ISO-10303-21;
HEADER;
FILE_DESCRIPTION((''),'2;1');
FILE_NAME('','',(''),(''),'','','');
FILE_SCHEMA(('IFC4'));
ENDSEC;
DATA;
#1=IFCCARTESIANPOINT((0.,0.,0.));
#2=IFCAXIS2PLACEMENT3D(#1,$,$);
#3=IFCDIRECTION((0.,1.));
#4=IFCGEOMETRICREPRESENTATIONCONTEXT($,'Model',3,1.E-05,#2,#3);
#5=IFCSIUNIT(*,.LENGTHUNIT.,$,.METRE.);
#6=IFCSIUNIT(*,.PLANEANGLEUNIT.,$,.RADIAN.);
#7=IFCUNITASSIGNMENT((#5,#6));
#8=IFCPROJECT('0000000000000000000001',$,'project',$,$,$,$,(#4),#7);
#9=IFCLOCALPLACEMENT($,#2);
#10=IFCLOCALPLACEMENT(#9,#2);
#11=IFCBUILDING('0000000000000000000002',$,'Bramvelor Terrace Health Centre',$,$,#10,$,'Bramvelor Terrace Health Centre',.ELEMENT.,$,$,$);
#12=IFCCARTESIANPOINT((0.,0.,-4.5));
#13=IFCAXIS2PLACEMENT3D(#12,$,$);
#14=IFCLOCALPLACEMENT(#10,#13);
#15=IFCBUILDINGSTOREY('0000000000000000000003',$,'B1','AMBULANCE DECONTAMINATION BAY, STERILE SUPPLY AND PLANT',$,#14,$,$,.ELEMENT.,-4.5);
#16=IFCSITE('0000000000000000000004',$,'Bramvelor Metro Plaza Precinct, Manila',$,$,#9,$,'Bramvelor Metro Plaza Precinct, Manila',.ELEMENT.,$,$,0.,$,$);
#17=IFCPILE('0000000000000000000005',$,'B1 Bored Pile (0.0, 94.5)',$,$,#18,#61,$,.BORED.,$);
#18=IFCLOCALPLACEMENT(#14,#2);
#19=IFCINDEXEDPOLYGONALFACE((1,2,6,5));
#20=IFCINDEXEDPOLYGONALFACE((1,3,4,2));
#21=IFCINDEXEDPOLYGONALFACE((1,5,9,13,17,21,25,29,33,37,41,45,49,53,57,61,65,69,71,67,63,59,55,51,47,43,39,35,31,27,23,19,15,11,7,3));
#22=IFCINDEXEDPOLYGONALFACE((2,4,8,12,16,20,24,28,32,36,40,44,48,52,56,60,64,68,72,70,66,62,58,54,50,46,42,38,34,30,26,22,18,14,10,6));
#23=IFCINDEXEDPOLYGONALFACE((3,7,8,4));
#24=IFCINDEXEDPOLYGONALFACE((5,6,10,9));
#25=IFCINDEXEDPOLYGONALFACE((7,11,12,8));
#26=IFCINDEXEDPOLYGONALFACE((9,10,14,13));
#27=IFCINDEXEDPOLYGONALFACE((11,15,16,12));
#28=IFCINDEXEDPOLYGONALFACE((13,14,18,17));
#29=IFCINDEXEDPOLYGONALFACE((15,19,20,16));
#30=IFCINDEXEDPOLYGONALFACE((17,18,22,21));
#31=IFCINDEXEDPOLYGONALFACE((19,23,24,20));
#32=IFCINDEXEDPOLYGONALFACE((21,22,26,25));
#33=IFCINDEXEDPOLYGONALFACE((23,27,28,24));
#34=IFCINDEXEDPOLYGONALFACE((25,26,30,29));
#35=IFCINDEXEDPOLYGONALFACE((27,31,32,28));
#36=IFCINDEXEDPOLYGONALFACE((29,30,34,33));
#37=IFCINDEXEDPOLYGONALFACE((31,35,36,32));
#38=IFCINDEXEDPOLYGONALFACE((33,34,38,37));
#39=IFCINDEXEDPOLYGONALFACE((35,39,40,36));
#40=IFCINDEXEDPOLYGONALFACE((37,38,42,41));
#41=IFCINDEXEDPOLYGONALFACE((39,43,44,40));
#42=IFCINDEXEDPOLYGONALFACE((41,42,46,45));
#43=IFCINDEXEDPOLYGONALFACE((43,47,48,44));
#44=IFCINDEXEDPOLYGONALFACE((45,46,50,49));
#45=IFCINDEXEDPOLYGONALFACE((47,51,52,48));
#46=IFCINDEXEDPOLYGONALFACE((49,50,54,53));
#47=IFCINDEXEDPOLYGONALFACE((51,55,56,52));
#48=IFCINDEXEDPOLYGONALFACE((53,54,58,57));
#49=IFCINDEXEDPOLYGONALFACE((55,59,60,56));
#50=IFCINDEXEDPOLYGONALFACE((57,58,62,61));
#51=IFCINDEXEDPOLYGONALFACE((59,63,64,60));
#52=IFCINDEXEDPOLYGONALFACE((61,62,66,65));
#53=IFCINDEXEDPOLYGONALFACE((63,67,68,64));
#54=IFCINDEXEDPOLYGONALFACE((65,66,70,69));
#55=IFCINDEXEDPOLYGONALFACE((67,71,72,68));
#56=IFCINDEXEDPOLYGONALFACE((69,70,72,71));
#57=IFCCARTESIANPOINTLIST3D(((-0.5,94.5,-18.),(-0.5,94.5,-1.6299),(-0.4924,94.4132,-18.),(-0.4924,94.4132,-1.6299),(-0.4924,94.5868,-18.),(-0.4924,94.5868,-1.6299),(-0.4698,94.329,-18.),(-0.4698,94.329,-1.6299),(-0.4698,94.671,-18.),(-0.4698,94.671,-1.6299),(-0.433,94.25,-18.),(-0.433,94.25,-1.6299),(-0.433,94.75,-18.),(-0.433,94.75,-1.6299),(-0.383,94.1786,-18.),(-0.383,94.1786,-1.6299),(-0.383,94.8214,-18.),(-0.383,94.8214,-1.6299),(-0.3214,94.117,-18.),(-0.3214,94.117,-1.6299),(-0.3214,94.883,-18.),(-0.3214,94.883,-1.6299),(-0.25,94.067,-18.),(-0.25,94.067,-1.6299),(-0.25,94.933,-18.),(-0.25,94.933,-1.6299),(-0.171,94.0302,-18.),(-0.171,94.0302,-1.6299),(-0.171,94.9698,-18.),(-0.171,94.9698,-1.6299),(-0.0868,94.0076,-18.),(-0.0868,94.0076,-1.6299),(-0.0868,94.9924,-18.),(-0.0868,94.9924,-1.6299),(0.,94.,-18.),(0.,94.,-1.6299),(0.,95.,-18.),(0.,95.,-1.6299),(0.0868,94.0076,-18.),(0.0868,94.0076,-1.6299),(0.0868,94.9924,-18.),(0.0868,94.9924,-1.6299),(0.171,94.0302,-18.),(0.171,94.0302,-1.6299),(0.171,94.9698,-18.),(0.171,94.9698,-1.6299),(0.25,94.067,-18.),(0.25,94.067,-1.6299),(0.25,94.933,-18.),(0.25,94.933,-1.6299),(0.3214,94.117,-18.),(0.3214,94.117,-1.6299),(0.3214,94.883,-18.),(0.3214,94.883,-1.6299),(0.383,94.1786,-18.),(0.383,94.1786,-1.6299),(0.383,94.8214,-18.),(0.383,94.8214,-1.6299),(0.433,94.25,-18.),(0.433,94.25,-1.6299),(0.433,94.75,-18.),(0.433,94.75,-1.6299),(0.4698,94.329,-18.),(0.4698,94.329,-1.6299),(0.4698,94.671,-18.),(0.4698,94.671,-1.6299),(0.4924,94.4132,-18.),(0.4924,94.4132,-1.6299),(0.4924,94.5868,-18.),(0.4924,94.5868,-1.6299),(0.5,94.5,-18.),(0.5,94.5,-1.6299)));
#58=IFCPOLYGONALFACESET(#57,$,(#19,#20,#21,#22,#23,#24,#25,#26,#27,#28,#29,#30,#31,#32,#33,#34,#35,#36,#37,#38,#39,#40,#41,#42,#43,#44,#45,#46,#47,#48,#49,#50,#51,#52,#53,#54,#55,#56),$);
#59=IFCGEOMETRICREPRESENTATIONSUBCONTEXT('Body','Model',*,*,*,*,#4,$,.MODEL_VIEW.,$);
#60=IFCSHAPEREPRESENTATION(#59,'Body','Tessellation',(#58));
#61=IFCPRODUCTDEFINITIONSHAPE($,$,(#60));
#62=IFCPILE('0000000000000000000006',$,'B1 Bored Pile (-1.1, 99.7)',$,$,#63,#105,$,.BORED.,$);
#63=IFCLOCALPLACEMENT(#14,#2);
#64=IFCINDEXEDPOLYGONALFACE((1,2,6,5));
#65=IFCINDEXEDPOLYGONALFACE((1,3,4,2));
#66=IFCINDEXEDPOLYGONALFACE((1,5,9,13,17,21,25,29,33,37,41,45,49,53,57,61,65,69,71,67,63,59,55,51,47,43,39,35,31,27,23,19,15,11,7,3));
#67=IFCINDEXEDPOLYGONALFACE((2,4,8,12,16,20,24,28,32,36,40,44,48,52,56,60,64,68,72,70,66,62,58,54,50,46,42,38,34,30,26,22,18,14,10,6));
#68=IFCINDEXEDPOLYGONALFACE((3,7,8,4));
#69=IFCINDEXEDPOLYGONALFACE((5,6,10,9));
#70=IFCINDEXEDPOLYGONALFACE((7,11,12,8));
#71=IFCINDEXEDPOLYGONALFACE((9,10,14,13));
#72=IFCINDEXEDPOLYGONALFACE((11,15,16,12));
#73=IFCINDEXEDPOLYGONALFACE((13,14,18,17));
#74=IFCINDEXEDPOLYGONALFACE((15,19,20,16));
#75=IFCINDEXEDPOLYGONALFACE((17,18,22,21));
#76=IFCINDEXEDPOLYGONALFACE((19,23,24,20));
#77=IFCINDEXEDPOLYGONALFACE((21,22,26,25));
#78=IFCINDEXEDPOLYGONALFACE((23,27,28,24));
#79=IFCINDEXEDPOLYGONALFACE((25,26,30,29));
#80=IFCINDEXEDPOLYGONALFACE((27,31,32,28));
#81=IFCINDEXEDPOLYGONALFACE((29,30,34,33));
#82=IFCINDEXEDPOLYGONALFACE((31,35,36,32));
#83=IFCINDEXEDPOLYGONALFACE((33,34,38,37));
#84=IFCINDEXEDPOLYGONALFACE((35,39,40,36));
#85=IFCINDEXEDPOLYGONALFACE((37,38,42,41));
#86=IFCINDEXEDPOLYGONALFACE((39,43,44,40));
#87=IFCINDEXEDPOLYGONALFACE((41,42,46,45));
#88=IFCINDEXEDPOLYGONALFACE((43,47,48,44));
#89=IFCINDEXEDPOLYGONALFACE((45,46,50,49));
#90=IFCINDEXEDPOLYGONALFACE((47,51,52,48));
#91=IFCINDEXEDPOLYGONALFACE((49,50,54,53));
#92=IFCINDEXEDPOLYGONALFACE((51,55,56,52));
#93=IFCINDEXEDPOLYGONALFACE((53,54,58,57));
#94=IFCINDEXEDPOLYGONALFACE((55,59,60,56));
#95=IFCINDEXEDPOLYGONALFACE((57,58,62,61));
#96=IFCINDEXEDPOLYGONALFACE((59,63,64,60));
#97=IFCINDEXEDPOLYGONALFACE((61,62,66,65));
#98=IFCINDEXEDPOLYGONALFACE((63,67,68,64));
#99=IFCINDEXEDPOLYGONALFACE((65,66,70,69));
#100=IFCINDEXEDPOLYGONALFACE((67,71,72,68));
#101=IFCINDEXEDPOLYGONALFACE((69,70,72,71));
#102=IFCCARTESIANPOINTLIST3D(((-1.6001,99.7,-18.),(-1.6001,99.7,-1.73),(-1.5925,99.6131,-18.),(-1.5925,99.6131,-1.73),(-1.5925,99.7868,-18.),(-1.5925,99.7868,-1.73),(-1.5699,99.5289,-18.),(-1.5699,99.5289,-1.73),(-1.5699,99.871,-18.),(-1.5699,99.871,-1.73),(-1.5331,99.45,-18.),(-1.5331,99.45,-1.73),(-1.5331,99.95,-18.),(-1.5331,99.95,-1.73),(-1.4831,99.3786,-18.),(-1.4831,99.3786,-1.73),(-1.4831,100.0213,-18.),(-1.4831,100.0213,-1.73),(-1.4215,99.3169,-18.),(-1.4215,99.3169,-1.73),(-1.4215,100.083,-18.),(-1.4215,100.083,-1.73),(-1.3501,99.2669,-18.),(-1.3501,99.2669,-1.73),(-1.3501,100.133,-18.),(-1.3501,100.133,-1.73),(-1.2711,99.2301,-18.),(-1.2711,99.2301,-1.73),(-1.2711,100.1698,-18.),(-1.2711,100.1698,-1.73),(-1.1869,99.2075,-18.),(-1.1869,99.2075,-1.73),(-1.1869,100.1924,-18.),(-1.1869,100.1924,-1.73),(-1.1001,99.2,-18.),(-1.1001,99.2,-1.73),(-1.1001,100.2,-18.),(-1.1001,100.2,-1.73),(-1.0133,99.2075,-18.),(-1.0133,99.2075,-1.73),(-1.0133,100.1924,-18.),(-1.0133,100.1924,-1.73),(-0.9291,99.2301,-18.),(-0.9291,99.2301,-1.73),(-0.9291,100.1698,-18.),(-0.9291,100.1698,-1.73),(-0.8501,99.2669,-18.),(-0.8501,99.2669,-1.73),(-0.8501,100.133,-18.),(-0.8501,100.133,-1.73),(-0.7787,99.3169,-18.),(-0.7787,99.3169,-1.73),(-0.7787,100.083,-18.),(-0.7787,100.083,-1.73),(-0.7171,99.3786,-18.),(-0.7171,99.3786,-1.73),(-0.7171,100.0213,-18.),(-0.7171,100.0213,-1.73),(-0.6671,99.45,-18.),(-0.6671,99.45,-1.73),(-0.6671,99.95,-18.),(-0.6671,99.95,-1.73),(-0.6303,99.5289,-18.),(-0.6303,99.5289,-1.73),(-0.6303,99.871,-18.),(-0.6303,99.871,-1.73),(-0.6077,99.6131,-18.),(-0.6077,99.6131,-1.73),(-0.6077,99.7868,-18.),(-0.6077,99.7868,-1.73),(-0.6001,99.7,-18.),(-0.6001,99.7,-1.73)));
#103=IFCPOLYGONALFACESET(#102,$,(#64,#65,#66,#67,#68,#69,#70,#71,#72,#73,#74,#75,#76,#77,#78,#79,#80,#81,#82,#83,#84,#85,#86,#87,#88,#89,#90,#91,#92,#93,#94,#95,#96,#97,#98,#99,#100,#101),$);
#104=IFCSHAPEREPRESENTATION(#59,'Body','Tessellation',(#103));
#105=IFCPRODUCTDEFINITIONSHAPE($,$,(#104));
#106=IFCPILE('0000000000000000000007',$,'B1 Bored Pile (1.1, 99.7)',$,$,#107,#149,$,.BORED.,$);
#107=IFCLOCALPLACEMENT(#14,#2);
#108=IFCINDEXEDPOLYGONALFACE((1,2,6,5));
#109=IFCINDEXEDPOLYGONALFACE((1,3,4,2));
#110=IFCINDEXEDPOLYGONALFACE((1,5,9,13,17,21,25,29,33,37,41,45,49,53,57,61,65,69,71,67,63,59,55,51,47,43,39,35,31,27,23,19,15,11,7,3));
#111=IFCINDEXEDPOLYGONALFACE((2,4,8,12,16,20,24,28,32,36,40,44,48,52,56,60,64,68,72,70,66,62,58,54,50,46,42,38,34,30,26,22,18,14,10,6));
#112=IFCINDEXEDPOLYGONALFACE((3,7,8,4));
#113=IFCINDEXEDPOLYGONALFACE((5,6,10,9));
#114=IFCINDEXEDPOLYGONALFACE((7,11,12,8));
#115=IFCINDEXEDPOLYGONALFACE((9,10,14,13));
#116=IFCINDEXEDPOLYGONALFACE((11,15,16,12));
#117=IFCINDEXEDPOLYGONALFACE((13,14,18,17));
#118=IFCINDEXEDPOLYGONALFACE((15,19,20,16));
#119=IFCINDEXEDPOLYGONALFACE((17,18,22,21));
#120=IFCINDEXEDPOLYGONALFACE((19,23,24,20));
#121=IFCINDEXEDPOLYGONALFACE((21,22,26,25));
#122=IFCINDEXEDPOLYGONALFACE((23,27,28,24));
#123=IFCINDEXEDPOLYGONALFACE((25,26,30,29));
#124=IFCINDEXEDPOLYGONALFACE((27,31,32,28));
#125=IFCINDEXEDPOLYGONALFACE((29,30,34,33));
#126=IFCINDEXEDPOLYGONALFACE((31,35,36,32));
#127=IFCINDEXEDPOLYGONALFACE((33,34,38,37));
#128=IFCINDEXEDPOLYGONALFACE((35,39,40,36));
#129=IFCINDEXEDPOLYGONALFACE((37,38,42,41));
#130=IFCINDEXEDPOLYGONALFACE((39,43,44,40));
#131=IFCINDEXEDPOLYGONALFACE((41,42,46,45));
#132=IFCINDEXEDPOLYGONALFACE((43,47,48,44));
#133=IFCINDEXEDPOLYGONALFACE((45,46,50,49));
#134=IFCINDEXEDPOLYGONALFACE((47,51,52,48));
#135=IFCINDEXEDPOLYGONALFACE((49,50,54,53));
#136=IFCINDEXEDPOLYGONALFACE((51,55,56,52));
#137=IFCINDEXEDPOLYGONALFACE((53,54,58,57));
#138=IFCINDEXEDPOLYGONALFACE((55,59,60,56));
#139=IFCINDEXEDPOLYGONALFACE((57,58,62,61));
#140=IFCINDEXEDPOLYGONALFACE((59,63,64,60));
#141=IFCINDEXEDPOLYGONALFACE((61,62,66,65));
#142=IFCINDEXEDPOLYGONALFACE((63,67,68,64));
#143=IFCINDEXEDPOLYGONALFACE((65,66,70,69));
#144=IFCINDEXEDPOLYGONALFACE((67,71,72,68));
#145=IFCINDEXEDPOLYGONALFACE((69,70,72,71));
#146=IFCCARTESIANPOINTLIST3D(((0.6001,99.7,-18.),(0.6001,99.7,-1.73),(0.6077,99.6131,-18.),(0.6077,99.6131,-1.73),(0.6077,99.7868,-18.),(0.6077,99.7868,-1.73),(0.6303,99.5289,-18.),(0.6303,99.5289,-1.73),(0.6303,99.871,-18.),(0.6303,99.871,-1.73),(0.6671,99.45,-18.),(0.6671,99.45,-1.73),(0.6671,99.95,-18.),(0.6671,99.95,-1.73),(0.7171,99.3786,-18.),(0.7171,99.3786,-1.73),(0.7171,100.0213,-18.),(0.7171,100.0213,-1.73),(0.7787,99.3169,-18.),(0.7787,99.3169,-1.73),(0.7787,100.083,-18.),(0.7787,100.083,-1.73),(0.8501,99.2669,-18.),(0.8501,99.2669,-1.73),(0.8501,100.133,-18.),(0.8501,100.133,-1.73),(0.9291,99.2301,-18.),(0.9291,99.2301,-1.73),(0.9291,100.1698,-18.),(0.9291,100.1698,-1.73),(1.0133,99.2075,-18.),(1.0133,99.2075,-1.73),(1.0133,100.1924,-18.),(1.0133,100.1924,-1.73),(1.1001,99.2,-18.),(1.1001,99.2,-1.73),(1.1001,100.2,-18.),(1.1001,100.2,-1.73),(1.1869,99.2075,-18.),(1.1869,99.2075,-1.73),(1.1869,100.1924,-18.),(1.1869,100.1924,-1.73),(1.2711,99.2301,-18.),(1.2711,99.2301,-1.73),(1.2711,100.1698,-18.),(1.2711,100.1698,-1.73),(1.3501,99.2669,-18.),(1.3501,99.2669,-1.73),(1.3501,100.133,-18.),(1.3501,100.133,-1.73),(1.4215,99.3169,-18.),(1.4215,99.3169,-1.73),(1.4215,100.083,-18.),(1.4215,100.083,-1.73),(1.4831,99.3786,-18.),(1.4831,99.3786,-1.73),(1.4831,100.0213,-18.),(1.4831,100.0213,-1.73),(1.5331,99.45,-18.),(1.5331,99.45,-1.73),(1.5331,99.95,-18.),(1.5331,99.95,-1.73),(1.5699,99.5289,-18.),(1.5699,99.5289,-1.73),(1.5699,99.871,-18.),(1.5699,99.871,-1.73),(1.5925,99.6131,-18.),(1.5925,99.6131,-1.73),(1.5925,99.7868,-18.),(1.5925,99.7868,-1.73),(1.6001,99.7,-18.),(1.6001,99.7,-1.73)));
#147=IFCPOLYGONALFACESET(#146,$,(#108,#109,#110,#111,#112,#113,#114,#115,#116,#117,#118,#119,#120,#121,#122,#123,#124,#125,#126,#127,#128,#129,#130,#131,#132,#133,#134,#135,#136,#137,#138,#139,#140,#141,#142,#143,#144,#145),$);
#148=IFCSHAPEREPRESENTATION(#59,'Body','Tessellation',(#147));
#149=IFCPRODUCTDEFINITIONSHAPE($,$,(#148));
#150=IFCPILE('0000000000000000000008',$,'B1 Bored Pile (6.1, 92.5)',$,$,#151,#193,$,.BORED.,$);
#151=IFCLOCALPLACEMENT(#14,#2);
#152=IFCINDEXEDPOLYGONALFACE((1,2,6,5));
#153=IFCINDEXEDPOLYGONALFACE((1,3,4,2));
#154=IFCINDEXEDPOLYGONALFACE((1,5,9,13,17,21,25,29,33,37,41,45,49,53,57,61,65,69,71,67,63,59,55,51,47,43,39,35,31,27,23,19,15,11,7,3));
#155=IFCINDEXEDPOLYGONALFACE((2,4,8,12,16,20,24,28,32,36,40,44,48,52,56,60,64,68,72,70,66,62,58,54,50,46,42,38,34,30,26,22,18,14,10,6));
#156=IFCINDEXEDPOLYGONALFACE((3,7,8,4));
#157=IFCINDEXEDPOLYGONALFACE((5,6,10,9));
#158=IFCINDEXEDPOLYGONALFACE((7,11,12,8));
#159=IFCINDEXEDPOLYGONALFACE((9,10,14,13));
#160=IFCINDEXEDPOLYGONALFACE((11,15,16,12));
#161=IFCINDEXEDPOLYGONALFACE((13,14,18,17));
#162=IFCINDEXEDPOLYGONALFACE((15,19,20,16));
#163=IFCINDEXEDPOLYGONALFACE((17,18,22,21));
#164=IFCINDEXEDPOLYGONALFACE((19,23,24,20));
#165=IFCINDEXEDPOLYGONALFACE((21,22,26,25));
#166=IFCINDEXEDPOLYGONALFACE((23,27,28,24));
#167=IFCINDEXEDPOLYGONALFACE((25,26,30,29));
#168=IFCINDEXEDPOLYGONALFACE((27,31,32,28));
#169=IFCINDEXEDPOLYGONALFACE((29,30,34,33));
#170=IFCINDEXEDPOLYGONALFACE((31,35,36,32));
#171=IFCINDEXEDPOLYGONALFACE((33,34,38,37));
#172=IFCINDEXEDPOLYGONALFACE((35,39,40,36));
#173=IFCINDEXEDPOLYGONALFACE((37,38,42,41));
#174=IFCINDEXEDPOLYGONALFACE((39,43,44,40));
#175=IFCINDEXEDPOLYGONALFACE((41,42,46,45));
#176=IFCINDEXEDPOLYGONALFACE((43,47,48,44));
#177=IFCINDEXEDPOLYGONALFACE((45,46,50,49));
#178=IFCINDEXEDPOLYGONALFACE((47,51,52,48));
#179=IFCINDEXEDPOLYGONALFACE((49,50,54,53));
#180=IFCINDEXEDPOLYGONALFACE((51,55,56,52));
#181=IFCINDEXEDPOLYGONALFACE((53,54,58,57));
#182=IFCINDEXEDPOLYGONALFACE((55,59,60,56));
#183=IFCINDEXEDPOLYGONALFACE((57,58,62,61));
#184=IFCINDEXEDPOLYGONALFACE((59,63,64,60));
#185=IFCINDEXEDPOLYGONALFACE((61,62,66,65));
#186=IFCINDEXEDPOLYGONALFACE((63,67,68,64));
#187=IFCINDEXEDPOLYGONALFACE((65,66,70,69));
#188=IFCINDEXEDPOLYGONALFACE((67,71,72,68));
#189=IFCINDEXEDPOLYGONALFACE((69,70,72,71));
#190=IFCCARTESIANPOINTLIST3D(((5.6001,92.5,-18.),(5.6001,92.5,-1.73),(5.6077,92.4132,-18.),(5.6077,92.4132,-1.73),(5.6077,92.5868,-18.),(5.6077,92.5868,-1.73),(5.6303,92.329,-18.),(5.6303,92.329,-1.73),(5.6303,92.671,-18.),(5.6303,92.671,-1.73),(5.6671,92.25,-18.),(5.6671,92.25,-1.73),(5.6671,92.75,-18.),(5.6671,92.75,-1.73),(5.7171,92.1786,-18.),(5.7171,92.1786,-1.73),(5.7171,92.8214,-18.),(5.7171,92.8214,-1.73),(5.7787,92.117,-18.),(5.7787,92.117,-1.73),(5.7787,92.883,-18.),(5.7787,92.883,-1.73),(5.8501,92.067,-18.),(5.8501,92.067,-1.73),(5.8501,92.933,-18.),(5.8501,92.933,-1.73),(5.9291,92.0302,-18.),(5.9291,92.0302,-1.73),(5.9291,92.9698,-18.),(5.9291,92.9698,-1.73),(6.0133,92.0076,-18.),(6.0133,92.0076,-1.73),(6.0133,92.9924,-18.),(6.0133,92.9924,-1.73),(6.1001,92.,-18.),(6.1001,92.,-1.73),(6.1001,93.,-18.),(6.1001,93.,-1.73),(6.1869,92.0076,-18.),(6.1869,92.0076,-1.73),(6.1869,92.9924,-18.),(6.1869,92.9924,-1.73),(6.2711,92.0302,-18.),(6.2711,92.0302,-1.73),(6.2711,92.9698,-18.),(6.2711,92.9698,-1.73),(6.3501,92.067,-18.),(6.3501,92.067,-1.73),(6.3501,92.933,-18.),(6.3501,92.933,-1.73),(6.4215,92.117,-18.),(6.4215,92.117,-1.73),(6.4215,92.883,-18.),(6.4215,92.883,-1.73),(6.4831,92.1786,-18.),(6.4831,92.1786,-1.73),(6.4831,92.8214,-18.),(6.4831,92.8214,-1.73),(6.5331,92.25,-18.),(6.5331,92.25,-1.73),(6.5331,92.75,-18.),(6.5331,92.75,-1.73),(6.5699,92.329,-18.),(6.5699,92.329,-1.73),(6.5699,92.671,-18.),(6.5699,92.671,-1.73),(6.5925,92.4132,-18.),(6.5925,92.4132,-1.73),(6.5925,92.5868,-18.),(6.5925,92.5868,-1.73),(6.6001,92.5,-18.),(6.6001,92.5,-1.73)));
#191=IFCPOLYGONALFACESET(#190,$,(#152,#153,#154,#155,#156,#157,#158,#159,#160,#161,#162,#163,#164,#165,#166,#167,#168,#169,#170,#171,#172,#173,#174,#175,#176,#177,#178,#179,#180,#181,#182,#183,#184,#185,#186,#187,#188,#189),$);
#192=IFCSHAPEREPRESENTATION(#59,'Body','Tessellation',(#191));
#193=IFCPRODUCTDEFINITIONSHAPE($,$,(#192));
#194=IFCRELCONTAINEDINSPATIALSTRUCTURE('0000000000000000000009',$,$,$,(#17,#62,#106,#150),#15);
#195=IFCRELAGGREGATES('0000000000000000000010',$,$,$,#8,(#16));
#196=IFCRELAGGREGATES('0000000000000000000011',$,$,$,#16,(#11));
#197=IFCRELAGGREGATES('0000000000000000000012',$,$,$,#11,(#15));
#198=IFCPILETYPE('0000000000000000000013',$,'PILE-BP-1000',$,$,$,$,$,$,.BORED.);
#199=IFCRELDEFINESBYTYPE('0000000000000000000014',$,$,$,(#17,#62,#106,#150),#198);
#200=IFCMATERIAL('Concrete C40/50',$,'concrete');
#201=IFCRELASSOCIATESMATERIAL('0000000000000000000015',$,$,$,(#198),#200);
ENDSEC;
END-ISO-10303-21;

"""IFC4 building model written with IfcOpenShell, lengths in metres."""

from ifc_helpers import new_model, si_unit, direction, frame, origin, origin_2d, place, context, subcontext, project, spatial, circle, extrude, material, material_profile, profile_set, type_object, element, save


model = new_model("IFC4")

# Units and contexts
model_context = context("Model", 3, precision=1e-05, world=origin(), true_north=direction((0.0, 1.0)))
body_context = subcontext(model_context, "Body", "Model", "MODEL_VIEW")
ifc_project = project(units=[si_unit("LENGTHUNIT", "METRE"), si_unit("PLANEANGLEUNIT", "RADIAN")], contexts=[model_context])

# Site, building, storey
site_placement = place(None, origin())
site = spatial("IfcSite", under=ifc_project, at=site_placement, Name="Bramvelor Metro Plaza Precinct, Manila", LongName="Bramvelor Metro Plaza Precinct, Manila", CompositionType="ELEMENT", RefElevation=0.0)
building_placement = place(site_placement, origin())
building = spatial("IfcBuilding", under=site, at=building_placement, Name="Bramvelor Terrace Health Centre", LongName="Bramvelor Terrace Health Centre", CompositionType="ELEMENT")
storey_placement = place(building_placement, frame((0.0, 0.0, -4.5)))
storey = spatial("IfcBuildingStorey", under=building, at=storey_placement, Name="B1", Description="AMBULANCE DECONTAMINATION BAY, STERILE SUPPLY AND PLANT", CompositionType="ELEMENT", Elevation=-4.5)

# Piles
ifc_material_1 = material(Name="Concrete C40/50", Category="concrete")
ifc_material_profile_1 = material_profile(ifc_material_1, circle(Radius=0.5, at=origin_2d()), Name="BP D1000")
ifc_profile_set_1 = profile_set([ifc_material_profile_1], Name="Concrete C40/50")
pile_type = type_object("IfcPileType", Name="PILE-BP-1000", PredefinedType="BORED", material=ifc_profile_set_1)
for number, where, z_axis, x_axis, name in (
    (1, (0.0, 94.5, -1.6299), (0.0, 0.0, -1.0), (1.0, 0.0, 0.0), "B1 Bored Pile (0.0, 94.5)"),
):
    element("IfcPile", number, at=place(storey_placement, frame(where, z_axis=z_axis, x_axis=x_axis)), inside=storey, type_object=pile_type, Name=name, PredefinedType="BORED", context=body_context, shape_type="SweptSolid", body=[
        extrude(circle(Radius=0.5, at=origin_2d()), origin(), (0.0, 0.0, 1.0), 16.3701),
    ])
for number, where, z_axis, x_axis, name in (
    (2, (-1.1001, 99.7, -1.73), (0.0, 0.0, -1.0), (1.0, 0.0, 0.0), "B1 Bored Pile (-1.1, 99.7)"),
    (3, (1.1001, 99.7, -1.73), (0.0, 0.0, -1.0), (1.0, 0.0, 0.0), "B1 Bored Pile (1.1, 99.7)"),
    (4, (6.1001, 92.5, -1.73), (0.0, 0.0, -1.0), (1.0, 0.0, 0.0), "B1 Bored Pile (6.1, 92.5)"),
):
    element("IfcPile", number, at=place(storey_placement, frame(where, z_axis=z_axis, x_axis=x_axis)), inside=storey, type_object=pile_type, Name=name, PredefinedType="BORED", context=body_context, shape_type="SweptSolid", body=[
        extrude(circle(Radius=0.5, at=origin_2d()), origin(), (0.0, 0.0, 1.0), 16.27),
    ])

save(model, "model.ifc")
